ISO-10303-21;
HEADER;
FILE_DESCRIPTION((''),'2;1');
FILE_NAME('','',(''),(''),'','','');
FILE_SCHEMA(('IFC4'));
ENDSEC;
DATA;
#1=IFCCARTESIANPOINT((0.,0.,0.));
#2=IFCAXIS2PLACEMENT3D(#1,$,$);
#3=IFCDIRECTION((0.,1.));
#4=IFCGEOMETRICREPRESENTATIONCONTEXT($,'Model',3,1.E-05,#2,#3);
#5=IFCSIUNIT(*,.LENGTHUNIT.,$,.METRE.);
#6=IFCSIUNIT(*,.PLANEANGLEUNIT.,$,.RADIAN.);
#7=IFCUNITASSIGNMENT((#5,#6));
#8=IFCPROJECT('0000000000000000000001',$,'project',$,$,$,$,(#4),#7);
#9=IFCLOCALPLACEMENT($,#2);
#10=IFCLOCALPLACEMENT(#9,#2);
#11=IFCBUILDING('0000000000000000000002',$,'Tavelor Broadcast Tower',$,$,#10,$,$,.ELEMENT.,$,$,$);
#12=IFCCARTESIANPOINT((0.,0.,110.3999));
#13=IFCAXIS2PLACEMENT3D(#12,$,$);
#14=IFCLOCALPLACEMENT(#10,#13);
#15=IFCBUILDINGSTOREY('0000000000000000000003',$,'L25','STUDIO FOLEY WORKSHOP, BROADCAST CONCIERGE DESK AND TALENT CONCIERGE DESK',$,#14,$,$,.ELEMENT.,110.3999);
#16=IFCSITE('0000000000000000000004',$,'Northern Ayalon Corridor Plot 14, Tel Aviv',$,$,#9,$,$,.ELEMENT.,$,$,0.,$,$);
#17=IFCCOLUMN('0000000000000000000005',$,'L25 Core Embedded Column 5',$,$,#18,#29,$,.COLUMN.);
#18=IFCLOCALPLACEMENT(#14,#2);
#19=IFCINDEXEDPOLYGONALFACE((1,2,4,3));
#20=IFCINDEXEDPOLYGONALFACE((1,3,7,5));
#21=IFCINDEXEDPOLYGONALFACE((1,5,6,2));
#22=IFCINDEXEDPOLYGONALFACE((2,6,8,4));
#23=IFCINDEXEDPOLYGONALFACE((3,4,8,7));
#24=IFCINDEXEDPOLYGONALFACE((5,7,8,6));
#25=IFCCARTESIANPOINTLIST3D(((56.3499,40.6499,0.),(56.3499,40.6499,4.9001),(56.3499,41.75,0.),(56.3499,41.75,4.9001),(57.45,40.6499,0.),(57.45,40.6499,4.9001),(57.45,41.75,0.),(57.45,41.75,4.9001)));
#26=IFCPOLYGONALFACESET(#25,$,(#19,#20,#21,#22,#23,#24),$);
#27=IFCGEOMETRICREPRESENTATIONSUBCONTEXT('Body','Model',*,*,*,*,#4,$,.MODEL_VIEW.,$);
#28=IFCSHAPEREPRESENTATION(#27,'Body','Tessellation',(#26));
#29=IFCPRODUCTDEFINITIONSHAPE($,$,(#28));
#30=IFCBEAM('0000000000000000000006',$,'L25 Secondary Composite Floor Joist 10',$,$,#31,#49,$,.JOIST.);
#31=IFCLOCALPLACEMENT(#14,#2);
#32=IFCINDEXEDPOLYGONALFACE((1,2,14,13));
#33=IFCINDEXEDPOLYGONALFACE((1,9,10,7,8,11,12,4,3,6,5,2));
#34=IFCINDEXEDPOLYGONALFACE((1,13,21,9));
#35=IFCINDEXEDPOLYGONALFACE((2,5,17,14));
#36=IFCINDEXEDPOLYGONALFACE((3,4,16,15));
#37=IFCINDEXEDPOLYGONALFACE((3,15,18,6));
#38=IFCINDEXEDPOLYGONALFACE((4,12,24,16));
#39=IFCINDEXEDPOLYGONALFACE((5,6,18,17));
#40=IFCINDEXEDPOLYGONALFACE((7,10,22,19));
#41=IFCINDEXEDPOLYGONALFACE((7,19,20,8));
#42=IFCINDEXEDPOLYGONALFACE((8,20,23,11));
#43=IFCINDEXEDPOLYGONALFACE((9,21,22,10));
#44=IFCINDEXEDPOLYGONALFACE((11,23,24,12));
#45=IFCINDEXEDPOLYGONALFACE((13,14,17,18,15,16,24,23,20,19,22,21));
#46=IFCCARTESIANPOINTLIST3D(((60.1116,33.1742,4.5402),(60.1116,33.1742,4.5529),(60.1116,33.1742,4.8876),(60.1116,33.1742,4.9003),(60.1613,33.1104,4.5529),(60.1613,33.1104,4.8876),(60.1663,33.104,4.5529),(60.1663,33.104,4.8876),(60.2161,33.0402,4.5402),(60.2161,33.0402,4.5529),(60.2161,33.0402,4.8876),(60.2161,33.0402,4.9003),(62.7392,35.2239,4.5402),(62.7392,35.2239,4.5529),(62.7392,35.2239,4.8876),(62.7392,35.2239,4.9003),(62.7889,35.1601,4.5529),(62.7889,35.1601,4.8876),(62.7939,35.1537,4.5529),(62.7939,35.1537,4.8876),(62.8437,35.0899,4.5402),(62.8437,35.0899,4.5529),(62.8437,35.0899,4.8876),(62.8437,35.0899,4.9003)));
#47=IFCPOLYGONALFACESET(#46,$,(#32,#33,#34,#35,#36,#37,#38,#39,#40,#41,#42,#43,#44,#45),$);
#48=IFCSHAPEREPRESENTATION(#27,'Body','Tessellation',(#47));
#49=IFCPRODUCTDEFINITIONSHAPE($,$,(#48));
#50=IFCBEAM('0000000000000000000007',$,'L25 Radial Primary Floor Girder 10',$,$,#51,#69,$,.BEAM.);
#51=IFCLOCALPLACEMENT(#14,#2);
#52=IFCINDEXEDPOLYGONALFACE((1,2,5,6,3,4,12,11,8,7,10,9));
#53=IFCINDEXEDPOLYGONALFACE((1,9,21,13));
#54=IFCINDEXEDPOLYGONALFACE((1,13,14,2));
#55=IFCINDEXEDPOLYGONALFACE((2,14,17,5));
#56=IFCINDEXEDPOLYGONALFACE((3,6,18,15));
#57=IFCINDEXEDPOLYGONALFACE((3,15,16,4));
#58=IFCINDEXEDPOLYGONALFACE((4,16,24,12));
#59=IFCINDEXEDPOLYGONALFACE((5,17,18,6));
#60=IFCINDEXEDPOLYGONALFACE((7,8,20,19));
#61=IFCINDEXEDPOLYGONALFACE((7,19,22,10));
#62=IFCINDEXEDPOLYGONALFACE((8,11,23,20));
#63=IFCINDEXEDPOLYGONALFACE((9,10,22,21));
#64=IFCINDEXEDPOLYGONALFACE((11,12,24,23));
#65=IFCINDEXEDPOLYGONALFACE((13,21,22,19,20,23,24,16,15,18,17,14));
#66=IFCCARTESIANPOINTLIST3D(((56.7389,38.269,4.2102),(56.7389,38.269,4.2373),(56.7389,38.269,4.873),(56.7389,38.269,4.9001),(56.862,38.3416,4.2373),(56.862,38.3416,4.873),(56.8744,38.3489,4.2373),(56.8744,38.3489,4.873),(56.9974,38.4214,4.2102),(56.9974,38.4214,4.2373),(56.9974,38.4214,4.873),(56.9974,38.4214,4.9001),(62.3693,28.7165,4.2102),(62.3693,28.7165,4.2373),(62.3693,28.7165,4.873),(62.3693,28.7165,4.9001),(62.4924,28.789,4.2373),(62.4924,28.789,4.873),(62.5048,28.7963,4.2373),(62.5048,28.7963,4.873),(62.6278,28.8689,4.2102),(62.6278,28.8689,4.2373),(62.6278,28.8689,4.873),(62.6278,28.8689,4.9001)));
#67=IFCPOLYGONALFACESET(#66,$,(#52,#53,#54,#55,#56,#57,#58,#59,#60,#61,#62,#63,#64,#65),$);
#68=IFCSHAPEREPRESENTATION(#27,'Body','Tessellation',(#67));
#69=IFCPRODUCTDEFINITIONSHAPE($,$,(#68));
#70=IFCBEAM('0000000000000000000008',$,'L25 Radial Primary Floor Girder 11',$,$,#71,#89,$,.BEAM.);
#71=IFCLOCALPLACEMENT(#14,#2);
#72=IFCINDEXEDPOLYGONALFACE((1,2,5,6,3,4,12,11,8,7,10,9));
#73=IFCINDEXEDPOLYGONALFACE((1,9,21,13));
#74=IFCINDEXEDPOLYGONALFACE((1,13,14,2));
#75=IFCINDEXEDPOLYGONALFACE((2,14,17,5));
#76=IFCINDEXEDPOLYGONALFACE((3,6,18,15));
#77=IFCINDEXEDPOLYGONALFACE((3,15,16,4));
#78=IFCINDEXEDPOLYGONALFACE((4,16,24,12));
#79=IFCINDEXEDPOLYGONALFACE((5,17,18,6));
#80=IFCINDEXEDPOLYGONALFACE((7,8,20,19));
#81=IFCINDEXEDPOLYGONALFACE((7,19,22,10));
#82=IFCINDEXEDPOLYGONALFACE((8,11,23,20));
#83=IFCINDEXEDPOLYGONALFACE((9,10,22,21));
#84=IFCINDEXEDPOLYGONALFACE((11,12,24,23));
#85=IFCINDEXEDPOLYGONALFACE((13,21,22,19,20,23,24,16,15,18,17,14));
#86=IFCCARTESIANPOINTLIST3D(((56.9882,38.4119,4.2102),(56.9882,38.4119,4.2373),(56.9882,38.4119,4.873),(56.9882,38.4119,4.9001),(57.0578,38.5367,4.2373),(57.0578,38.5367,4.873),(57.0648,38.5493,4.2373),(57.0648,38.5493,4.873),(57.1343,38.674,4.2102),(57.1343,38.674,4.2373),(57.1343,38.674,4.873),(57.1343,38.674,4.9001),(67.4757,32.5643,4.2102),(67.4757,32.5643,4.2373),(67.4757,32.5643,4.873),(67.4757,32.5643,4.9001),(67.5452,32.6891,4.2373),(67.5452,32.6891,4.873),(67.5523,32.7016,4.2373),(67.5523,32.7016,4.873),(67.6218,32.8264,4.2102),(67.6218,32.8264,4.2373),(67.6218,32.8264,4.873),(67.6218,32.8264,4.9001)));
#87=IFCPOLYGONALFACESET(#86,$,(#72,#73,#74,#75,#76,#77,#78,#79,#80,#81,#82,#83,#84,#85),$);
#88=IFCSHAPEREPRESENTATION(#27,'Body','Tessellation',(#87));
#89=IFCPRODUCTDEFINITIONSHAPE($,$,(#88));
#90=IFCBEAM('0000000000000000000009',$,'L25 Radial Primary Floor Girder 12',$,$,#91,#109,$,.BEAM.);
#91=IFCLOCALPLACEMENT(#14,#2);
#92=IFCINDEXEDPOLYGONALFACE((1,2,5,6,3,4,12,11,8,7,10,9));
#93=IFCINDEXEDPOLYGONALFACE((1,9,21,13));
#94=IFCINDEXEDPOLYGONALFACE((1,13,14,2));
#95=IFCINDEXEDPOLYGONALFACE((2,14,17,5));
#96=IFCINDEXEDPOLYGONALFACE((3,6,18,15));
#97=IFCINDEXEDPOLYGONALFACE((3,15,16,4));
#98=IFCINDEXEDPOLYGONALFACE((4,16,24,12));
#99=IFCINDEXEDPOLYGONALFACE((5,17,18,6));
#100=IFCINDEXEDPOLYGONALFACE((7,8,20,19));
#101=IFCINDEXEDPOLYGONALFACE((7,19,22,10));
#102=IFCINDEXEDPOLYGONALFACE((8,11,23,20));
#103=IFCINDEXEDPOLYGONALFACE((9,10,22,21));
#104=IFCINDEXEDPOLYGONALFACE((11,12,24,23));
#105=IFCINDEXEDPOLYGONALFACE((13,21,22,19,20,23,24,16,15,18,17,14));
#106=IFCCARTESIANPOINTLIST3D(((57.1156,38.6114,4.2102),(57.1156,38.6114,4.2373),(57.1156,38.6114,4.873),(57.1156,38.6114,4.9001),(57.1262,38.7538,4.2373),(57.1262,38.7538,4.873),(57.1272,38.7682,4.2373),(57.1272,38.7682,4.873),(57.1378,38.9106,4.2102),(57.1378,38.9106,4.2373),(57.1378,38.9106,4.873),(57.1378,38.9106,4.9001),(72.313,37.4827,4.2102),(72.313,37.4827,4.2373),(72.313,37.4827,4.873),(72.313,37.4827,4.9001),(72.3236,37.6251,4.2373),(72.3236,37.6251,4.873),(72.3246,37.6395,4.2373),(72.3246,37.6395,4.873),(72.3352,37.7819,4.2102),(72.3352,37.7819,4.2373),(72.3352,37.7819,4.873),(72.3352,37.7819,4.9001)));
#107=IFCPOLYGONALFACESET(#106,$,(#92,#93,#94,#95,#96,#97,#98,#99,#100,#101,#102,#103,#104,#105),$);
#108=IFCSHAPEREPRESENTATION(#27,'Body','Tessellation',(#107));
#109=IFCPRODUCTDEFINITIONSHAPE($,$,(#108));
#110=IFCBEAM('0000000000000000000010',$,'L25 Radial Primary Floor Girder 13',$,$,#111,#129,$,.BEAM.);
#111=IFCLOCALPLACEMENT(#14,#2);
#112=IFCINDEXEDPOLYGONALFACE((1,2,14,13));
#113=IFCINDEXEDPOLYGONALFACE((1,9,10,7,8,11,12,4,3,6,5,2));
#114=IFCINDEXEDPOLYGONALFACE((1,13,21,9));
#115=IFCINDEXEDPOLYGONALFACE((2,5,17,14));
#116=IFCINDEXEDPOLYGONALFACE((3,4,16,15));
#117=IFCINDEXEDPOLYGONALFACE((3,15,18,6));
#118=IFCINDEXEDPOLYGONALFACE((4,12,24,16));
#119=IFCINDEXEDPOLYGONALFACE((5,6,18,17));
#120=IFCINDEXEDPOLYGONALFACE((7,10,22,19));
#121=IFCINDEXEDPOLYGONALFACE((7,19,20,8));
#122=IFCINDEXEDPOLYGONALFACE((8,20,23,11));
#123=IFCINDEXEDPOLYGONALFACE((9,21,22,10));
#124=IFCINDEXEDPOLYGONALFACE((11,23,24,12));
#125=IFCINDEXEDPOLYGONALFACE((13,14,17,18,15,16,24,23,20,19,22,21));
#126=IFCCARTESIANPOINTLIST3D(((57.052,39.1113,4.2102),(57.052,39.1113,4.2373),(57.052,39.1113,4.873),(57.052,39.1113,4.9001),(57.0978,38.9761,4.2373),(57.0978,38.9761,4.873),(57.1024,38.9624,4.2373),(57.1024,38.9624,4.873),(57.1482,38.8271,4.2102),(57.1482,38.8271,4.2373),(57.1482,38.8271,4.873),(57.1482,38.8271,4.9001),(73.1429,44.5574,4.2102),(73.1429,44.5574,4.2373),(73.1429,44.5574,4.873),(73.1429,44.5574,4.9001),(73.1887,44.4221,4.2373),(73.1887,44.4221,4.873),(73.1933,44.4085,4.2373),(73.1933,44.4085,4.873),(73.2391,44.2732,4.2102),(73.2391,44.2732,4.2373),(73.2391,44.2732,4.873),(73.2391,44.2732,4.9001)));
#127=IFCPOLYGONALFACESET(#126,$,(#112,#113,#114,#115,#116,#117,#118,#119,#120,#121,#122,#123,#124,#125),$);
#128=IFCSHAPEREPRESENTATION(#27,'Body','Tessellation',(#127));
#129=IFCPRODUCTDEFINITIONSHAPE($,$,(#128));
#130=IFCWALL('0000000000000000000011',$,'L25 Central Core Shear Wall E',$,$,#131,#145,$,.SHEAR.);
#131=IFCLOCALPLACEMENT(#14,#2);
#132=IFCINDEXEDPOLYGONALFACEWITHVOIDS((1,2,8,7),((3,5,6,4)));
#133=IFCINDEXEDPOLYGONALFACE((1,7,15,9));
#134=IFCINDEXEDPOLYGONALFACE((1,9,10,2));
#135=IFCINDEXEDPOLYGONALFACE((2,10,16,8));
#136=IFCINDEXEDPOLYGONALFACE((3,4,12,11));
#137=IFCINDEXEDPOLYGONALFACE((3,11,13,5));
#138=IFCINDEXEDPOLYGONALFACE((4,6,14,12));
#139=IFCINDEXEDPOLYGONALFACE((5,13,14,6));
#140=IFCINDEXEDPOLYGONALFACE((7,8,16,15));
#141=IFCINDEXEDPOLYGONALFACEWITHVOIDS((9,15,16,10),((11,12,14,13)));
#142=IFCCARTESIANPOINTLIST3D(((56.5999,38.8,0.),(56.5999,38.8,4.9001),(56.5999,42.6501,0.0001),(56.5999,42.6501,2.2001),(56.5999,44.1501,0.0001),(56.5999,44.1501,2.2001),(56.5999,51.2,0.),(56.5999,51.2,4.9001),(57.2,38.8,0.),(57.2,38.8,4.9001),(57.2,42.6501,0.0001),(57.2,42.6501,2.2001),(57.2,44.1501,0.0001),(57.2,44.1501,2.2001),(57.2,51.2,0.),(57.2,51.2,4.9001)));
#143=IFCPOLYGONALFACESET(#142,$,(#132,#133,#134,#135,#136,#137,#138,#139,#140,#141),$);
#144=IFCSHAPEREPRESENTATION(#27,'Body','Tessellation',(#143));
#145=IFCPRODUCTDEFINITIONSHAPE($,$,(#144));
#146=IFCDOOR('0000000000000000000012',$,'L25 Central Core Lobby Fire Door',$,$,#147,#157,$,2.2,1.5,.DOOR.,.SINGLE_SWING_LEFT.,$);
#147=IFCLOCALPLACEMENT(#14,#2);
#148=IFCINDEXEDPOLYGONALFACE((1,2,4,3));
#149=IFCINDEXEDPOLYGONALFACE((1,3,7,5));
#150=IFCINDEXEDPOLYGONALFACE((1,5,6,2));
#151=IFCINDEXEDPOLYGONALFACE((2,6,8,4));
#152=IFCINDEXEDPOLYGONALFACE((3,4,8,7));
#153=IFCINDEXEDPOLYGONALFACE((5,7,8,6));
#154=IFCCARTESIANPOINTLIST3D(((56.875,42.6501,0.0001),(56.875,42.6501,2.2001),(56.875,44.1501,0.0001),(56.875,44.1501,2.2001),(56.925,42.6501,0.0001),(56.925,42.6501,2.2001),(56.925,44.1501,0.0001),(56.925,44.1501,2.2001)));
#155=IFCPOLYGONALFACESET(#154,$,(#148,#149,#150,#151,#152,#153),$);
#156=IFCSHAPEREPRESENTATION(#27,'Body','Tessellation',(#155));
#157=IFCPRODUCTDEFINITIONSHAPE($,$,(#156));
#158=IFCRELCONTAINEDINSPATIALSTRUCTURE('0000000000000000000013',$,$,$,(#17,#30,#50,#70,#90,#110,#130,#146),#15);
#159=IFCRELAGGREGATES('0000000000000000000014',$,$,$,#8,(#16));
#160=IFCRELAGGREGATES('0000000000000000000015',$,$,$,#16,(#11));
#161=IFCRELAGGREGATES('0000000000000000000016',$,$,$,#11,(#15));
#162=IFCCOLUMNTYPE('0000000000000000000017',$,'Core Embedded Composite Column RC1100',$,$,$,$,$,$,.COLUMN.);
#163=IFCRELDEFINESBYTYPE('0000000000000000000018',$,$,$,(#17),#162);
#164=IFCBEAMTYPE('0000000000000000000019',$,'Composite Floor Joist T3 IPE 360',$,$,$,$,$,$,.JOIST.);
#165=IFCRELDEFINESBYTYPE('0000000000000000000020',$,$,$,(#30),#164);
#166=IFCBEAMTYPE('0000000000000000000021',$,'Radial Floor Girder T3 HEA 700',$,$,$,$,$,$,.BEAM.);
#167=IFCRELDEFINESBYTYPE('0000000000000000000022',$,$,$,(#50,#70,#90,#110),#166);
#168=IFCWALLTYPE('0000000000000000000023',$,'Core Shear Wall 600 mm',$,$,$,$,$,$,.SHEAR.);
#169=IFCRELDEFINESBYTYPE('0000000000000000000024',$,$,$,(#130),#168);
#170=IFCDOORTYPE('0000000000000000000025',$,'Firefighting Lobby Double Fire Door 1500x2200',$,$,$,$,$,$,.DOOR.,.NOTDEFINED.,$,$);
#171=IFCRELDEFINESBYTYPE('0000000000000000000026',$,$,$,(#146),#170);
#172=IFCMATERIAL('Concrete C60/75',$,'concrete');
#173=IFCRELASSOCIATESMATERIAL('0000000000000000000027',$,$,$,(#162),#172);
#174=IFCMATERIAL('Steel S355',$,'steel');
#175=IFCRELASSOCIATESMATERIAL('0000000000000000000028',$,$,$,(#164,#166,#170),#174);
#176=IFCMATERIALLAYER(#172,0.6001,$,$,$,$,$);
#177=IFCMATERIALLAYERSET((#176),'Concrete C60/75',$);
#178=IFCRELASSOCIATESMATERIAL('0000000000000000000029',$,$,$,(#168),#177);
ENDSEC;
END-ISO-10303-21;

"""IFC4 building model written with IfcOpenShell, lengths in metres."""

from ifc_helpers import new_model, si_unit, direction, frame, frame_2d, origin, origin_2d, place, context, subcontext, project, spatial, rectangle, i_section, extrude, material, layer, layer_set, material_profile, profile_set, type_object, element, fill, save


model = new_model("IFC4")

# Units and contexts
model_context = context("Model", 3, precision=1e-05, world=origin(), true_north=direction((0.0, 1.0)))
body_context = subcontext(model_context, "Body", "Model", "MODEL_VIEW")
ifc_project = project(units=[si_unit("LENGTHUNIT", "METRE"), si_unit("PLANEANGLEUNIT", "RADIAN")], contexts=[model_context])

# Site, building, storey
site_placement = place(None, origin())
site = spatial("IfcSite", under=ifc_project, at=site_placement, Name="Northern Ayalon Corridor Plot 14, Tel Aviv", CompositionType="ELEMENT", RefElevation=0.0)
building_placement = place(site_placement, origin())
building = spatial("IfcBuilding", under=site, at=building_placement, Name="Tavelor Broadcast Tower", CompositionType="ELEMENT")
storey_placement = place(building_placement, frame((0.0, 0.0, 110.3999)))
storey = spatial("IfcBuildingStorey", under=building, at=storey_placement, Name="L25", Description="STUDIO FOLEY WORKSHOP, BROADCAST CONCIERGE DESK AND TALENT CONCIERGE DESK", CompositionType="ELEMENT", Elevation=110.3999)

# Column
ifc_material_1 = material(Name="Concrete C60/75", Category="concrete")
ifc_material_profile_1 = material_profile(ifc_material_1, rectangle(XDim=1.1001, YDim=1.1001, at=origin_2d()), Name="RC 1100x1100")
ifc_profile_set_1 = profile_set([ifc_material_profile_1], Name="Concrete C60/75")
column_type = type_object("IfcColumnType", Name="Core Embedded Composite Column RC1100", PredefinedType="COLUMN", material=ifc_profile_set_1)
column_placement = place(storey_placement, frame((56.8999, 41.2, 0.0), z_axis=(0.0, 0.0, 1.0), x_axis=(1.0, 0.0, 0.0)))
element("IfcColumn", 1, at=column_placement, inside=storey, type_object=column_type, Name="L25 Core Embedded Column 5", PredefinedType="COLUMN", context=body_context, shape_type="SweptSolid", body=[
    extrude(rectangle(XDim=1.1001, YDim=1.1001, at=origin_2d()), origin(), (0.0, 0.0, 1.0), 4.9001),
])

# Beams
ifc_material_2 = material(Name="Steel S355", Category="steel")
ifc_material_profile_2 = material_profile(ifc_material_2, i_section(OverallWidth=0.1699, OverallDepth=0.3601, WebThickness=0.0081, FlangeThickness=0.0127, at=origin_2d()), Name="IPE 360")
ifc_profile_set_2 = profile_set([ifc_material_profile_2], Name="Steel S355")
beam_type_1 = type_object("IfcBeamType", Name="Composite Floor Joist T3 IPE 360", PredefinedType="JOIST", material=ifc_profile_set_2)
beam_1_placement = place(storey_placement, frame((60.1638, 33.1072, 4.7202), z_axis=(0.788472, 0.615071, 0.0), x_axis=(-0.615071, 0.788472, 0.0)))
element("IfcBeam", 2, at=beam_1_placement, inside=storey, type_object=beam_type_1, Name="L25 Secondary Composite Floor Joist 10", PredefinedType="JOIST", context=body_context, shape_type="SweptSolid", body=[
    extrude(i_section(OverallWidth=0.1699, OverallDepth=0.3601, WebThickness=0.0081, FlangeThickness=0.0127, at=origin_2d()), origin(), (0.0, 0.0, 1.0), 3.3325),
])
ifc_material_profile_3 = material_profile(ifc_material_2, i_section(OverallWidth=0.3, OverallDepth=0.6899, WebThickness=0.0144, FlangeThickness=0.0271, at=origin_2d()), Name="HEA 700")
ifc_profile_set_3 = profile_set([ifc_material_profile_3], Name="Steel S355")
beam_type_2 = type_object("IfcBeamType", Name="Radial Floor Girder T3 HEA 700", PredefinedType="BEAM", material=ifc_profile_set_3)
beam_2_placement = place(storey_placement, frame((56.8682, 38.3452, 4.5552), z_axis=(0.507774, -0.86149, 0.0), x_axis=(0.86149, 0.507774, 0.0)))
element("IfcBeam", 3, at=beam_2_placement, inside=storey, type_object=beam_type_2, Name="L25 Radial Primary Floor Girder 10", PredefinedType="BEAM", context=body_context, shape_type="SweptSolid", body=[
    extrude(i_section(OverallWidth=0.3, OverallDepth=0.6899, WebThickness=0.0144, FlangeThickness=0.0271, at=origin_2d()), origin(), (0.0, 0.0, 1.0), 11.0884),
])
beam_3_placement = place(storey_placement, frame((57.0613, 38.543, 4.5552), z_axis=(0.873405, -0.486994, 0.0), x_axis=(0.486994, 0.873405, 0.0)))
element("IfcBeam", 4, at=beam_3_placement, inside=storey, type_object=beam_type_2, Name="L25 Radial Primary Floor Girder 11", PredefinedType="BEAM", context=body_context, shape_type="SweptSolid", body=[
    extrude(i_section(OverallWidth=0.3, OverallDepth=0.6899, WebThickness=0.0144, FlangeThickness=0.0271, at=origin_2d()), origin(), (0.0, 0.0, 1.0), 12.0076),
])
beam_4_placement = place(storey_placement, frame((57.1267, 38.761, 4.5552), z_axis=(0.997254, -0.074062, 0.0), x_axis=(0.074062, 0.997254, 0.0)))
element("IfcBeam", 5, at=beam_4_placement, inside=storey, type_object=beam_type_2, Name="L25 Radial Primary Floor Girder 12", PredefinedType="BEAM", context=body_context, shape_type="SweptSolid", body=[
    extrude(i_section(OverallWidth=0.3, OverallDepth=0.6899, WebThickness=0.0144, FlangeThickness=0.0271, at=origin_2d()), origin(), (0.0, 0.0, 1.0), 15.2393),
])
beam_5_placement = place(storey_placement, frame((57.1001, 38.9692, 4.5552), z_axis=(0.947217, 0.320592, 0.0), x_axis=(-0.320592, 0.947217, 0.0)))
element("IfcBeam", 6, at=beam_5_placement, inside=storey, type_object=beam_type_2, Name="L25 Radial Primary Floor Girder 13", PredefinedType="BEAM", context=body_context, shape_type="SweptSolid", body=[
    extrude(i_section(OverallWidth=0.3, OverallDepth=0.6899, WebThickness=0.0144, FlangeThickness=0.0271, at=origin_2d()), origin(), (0.0, 0.0, 1.0), 16.9875),
])

# Wall, opening, door
ifc_layer_1 = layer(ifc_material_1, 0.6001)
ifc_layer_set_1 = layer_set([ifc_layer_1], Name="Concrete C60/75")
wall_type_1 = type_object("IfcWallType", Name="Core Shear Wall 600 mm", PredefinedType="SHEAR", material=ifc_layer_set_1)
wall_1_placement = place(storey_placement, frame((56.8999, 38.8, 0.0), z_axis=(0.0, 0.0, 1.0), x_axis=(0.0, 1.0, 0.0)))
wall_1 = element("IfcWall", 7, at=wall_1_placement, inside=storey, type_object=wall_type_1, Name="L25 Central Core Shear Wall E", PredefinedType="SHEAR", context=body_context, shape_type="SweptSolid", body=[
    extrude(rectangle(XDim=12.3999, YDim=0.6001, at=frame_2d((6.2, 0.0))), origin(), (0.0, 0.0, 1.0), 4.9001),
])
opening_1_placement = place(wall_1_placement, frame((3.8501, 0.0, 0.0)))
opening_1 = element("IfcOpeningElement", 8, at=opening_1_placement, cuts=wall_1, PredefinedType="OPENING", context=body_context, shape_type="SweptSolid", body=[
    extrude(rectangle(XDim=1.5, YDim=2.2, at=frame_2d((0.75, 1.1001))), frame((0.0, 0.3101, 0.0), z_axis=(0.0, -1.0, 0.0), x_axis=(1.0, 0.0, 0.0)), (0.0, 0.0, 1.0), 0.6201),
])
door_type_1 = type_object("IfcDoorType", Name="Firefighting Lobby Double Fire Door 1500x2200", OperationType="NOTDEFINED", PredefinedType="DOOR", material=ifc_material_2)
door_1_placement = place(opening_1_placement, origin())
door_1 = element("IfcDoor", 9, at=door_1_placement, inside=storey, type_object=door_type_1, Name="L25 Central Core Lobby Fire Door", OperationType="SINGLE_SWING_LEFT", OverallHeight=2.2, OverallWidth=1.5, PredefinedType="DOOR", context=body_context, shape_type="SweptSolid", body=[
    extrude(rectangle(XDim=1.5, YDim=2.2, at=frame_2d((0.75, 1.1001))), frame((0.0, 0.0249, 0.0), z_axis=(0.0, -1.0, 0.0), x_axis=(1.0, 0.0, 0.0)), (0.0, 0.0, 1.0), 0.05),
])
fill(opening_1, door_1)

save(model, "model.ifc")
